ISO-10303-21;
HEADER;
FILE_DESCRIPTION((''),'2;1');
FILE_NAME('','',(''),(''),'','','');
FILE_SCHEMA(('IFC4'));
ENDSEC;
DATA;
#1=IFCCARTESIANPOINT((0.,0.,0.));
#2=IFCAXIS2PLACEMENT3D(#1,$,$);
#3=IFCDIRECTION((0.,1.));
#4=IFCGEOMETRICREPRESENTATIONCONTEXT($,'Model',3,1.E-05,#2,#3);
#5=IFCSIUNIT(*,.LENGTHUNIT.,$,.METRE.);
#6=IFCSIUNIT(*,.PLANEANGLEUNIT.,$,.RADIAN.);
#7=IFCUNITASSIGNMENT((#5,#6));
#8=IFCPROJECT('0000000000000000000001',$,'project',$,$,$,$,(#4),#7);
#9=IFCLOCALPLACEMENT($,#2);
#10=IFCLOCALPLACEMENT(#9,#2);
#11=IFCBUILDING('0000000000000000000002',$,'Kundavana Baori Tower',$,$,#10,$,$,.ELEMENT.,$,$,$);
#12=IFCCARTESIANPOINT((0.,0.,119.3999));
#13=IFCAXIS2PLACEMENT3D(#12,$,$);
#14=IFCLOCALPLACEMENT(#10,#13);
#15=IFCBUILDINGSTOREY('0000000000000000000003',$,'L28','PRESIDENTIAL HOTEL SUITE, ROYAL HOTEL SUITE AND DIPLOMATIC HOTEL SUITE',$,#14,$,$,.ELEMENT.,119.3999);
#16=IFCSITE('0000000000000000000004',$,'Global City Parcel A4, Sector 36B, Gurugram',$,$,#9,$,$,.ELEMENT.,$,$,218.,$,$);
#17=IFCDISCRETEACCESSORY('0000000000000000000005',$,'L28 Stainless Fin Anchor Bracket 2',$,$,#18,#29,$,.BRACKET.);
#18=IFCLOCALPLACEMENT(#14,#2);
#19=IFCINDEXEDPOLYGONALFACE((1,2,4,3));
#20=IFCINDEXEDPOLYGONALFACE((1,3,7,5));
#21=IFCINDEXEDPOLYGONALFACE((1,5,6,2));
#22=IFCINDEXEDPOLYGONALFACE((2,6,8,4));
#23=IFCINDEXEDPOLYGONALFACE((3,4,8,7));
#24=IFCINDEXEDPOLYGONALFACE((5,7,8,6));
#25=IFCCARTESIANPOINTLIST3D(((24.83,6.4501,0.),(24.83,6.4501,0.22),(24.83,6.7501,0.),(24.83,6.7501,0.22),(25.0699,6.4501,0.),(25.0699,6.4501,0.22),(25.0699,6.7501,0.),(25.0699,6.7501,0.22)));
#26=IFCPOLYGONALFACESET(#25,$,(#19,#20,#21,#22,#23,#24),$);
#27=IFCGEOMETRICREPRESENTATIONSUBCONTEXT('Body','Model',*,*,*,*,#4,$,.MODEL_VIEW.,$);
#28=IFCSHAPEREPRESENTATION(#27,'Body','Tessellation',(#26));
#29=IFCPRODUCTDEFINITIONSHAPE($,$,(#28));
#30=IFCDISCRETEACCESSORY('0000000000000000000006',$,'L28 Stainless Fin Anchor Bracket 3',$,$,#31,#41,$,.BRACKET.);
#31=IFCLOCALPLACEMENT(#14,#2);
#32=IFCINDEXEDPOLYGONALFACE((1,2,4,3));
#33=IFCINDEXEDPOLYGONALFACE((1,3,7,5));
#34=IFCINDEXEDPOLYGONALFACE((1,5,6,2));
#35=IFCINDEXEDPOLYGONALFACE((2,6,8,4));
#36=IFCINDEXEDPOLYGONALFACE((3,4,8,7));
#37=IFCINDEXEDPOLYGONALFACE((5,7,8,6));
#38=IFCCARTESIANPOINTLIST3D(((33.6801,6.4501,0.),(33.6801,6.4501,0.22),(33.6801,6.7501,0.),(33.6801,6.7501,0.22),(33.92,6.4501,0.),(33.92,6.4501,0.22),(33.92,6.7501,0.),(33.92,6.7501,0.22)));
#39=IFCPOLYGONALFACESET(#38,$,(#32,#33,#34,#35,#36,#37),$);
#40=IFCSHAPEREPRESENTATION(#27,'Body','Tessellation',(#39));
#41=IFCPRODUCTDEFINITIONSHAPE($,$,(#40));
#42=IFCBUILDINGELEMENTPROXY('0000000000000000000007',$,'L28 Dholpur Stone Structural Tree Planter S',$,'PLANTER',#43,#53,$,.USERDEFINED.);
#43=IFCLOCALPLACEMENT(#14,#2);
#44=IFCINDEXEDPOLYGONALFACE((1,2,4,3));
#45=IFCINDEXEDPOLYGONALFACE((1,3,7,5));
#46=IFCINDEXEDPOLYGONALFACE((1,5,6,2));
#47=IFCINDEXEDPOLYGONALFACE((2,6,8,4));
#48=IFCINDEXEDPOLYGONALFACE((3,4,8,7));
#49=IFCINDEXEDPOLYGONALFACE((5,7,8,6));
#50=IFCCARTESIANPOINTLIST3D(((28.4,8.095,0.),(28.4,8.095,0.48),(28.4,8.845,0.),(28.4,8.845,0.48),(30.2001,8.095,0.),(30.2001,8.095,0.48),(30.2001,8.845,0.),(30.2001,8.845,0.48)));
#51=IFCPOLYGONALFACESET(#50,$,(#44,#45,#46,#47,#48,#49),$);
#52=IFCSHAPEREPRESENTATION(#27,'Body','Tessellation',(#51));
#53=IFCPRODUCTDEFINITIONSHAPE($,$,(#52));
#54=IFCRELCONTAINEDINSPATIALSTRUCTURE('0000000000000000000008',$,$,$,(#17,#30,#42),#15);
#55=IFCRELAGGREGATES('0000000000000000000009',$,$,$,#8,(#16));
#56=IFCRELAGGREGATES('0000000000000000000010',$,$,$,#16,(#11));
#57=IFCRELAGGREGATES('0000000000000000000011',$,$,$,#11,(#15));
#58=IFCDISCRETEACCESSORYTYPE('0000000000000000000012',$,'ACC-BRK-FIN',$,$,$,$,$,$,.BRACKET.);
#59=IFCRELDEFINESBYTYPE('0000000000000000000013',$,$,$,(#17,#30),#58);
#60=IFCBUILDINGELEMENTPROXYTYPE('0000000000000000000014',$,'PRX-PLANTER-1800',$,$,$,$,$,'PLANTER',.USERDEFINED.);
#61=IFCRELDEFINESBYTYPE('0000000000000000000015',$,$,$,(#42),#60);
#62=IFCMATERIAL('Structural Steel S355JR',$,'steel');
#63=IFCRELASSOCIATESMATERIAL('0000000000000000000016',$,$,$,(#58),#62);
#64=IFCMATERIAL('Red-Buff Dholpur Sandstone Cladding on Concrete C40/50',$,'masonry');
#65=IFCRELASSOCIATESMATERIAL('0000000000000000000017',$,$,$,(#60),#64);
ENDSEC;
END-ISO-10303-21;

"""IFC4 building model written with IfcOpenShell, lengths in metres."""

from ifc_helpers import new_model, si_unit, direction, frame, origin, origin_2d, place, context, subcontext, project, spatial, rectangle, extrude, material, type_object, element, save


model = new_model("IFC4")

# Units and contexts
model_context = context("Model", 3, precision=1e-05, world=origin(), true_north=direction((0.0, 1.0)))
body_context = subcontext(model_context, "Body", "Model", "MODEL_VIEW")
ifc_project = project(units=[si_unit("LENGTHUNIT", "METRE"), si_unit("PLANEANGLEUNIT", "RADIAN")], contexts=[model_context])

# Site, building, storey
site_placement = place(None, origin())
site = spatial("IfcSite", under=ifc_project, at=site_placement, Name="Global City Parcel A4, Sector 36B, Gurugram", CompositionType="ELEMENT", RefElevation=218.0)
building_placement = place(site_placement, origin())
building = spatial("IfcBuilding", under=site, at=building_placement, Name="Kundavana Baori Tower", CompositionType="ELEMENT")
storey_placement = place(building_placement, frame((0.0, 0.0, 119.3999)))
storey = spatial("IfcBuildingStorey", under=building, at=storey_placement, Name="L28", Description="PRESIDENTIAL HOTEL SUITE, ROYAL HOTEL SUITE AND DIPLOMATIC HOTEL SUITE", CompositionType="ELEMENT", Elevation=119.3999)

# Discrete accessories
ifc_material_1 = material(Name="Structural Steel S355JR", Category="steel")
discrete_accessory_type = type_object("IfcDiscreteAccessoryType", Name="ACC-BRK-FIN", PredefinedType="BRACKET", material=ifc_material_1)
for number, where, z_axis, x_axis, name in (
    (1, (24.95, 6.6001, 0.0), (0.0, 0.0, 1.0), (1.0, 0.0, 0.0), "L28 Stainless Fin Anchor Bracket 2"),
    (2, (33.8, 6.6001, 0.0), (0.0, 0.0, 1.0), (1.0, 0.0, 0.0), "L28 Stainless Fin Anchor Bracket 3"),
):
    element("IfcDiscreteAccessory", number, at=place(storey_placement, frame(where, z_axis=z_axis, x_axis=x_axis)), inside=storey, type_object=discrete_accessory_type, Name=name, PredefinedType="BRACKET", context=body_context, shape_type="SweptSolid", body=[
        extrude(rectangle(XDim=0.24, YDim=0.3, at=origin_2d()), origin(), (0.0, 0.0, 1.0), 0.22),
    ])

# Building element proxy
ifc_material_2 = material(Name="Red-Buff Dholpur Sandstone Cladding on Concrete C40/50", Category="masonry")
building_element_proxy_type = type_object("IfcBuildingElementProxyType", Name="PRX-PLANTER-1800", ElementType="PLANTER", PredefinedType="USERDEFINED", material=ifc_material_2)
proxy_placement = place(storey_placement, frame((29.3, 8.47, 0.0), z_axis=(0.0, 0.0, 1.0), x_axis=(1.0, 0.0, 0.0)))
element("IfcBuildingElementProxy", 3, at=proxy_placement, inside=storey, type_object=building_element_proxy_type, Name="L28 Dholpur Stone Structural Tree Planter S", ObjectType="PLANTER", PredefinedType="USERDEFINED", context=body_context, shape_type="SweptSolid", body=[
    extrude(rectangle(XDim=1.8, YDim=0.75, at=origin_2d()), origin(), (0.0, 0.0, 1.0), 0.48),
])

save(model, "model.ifc")
